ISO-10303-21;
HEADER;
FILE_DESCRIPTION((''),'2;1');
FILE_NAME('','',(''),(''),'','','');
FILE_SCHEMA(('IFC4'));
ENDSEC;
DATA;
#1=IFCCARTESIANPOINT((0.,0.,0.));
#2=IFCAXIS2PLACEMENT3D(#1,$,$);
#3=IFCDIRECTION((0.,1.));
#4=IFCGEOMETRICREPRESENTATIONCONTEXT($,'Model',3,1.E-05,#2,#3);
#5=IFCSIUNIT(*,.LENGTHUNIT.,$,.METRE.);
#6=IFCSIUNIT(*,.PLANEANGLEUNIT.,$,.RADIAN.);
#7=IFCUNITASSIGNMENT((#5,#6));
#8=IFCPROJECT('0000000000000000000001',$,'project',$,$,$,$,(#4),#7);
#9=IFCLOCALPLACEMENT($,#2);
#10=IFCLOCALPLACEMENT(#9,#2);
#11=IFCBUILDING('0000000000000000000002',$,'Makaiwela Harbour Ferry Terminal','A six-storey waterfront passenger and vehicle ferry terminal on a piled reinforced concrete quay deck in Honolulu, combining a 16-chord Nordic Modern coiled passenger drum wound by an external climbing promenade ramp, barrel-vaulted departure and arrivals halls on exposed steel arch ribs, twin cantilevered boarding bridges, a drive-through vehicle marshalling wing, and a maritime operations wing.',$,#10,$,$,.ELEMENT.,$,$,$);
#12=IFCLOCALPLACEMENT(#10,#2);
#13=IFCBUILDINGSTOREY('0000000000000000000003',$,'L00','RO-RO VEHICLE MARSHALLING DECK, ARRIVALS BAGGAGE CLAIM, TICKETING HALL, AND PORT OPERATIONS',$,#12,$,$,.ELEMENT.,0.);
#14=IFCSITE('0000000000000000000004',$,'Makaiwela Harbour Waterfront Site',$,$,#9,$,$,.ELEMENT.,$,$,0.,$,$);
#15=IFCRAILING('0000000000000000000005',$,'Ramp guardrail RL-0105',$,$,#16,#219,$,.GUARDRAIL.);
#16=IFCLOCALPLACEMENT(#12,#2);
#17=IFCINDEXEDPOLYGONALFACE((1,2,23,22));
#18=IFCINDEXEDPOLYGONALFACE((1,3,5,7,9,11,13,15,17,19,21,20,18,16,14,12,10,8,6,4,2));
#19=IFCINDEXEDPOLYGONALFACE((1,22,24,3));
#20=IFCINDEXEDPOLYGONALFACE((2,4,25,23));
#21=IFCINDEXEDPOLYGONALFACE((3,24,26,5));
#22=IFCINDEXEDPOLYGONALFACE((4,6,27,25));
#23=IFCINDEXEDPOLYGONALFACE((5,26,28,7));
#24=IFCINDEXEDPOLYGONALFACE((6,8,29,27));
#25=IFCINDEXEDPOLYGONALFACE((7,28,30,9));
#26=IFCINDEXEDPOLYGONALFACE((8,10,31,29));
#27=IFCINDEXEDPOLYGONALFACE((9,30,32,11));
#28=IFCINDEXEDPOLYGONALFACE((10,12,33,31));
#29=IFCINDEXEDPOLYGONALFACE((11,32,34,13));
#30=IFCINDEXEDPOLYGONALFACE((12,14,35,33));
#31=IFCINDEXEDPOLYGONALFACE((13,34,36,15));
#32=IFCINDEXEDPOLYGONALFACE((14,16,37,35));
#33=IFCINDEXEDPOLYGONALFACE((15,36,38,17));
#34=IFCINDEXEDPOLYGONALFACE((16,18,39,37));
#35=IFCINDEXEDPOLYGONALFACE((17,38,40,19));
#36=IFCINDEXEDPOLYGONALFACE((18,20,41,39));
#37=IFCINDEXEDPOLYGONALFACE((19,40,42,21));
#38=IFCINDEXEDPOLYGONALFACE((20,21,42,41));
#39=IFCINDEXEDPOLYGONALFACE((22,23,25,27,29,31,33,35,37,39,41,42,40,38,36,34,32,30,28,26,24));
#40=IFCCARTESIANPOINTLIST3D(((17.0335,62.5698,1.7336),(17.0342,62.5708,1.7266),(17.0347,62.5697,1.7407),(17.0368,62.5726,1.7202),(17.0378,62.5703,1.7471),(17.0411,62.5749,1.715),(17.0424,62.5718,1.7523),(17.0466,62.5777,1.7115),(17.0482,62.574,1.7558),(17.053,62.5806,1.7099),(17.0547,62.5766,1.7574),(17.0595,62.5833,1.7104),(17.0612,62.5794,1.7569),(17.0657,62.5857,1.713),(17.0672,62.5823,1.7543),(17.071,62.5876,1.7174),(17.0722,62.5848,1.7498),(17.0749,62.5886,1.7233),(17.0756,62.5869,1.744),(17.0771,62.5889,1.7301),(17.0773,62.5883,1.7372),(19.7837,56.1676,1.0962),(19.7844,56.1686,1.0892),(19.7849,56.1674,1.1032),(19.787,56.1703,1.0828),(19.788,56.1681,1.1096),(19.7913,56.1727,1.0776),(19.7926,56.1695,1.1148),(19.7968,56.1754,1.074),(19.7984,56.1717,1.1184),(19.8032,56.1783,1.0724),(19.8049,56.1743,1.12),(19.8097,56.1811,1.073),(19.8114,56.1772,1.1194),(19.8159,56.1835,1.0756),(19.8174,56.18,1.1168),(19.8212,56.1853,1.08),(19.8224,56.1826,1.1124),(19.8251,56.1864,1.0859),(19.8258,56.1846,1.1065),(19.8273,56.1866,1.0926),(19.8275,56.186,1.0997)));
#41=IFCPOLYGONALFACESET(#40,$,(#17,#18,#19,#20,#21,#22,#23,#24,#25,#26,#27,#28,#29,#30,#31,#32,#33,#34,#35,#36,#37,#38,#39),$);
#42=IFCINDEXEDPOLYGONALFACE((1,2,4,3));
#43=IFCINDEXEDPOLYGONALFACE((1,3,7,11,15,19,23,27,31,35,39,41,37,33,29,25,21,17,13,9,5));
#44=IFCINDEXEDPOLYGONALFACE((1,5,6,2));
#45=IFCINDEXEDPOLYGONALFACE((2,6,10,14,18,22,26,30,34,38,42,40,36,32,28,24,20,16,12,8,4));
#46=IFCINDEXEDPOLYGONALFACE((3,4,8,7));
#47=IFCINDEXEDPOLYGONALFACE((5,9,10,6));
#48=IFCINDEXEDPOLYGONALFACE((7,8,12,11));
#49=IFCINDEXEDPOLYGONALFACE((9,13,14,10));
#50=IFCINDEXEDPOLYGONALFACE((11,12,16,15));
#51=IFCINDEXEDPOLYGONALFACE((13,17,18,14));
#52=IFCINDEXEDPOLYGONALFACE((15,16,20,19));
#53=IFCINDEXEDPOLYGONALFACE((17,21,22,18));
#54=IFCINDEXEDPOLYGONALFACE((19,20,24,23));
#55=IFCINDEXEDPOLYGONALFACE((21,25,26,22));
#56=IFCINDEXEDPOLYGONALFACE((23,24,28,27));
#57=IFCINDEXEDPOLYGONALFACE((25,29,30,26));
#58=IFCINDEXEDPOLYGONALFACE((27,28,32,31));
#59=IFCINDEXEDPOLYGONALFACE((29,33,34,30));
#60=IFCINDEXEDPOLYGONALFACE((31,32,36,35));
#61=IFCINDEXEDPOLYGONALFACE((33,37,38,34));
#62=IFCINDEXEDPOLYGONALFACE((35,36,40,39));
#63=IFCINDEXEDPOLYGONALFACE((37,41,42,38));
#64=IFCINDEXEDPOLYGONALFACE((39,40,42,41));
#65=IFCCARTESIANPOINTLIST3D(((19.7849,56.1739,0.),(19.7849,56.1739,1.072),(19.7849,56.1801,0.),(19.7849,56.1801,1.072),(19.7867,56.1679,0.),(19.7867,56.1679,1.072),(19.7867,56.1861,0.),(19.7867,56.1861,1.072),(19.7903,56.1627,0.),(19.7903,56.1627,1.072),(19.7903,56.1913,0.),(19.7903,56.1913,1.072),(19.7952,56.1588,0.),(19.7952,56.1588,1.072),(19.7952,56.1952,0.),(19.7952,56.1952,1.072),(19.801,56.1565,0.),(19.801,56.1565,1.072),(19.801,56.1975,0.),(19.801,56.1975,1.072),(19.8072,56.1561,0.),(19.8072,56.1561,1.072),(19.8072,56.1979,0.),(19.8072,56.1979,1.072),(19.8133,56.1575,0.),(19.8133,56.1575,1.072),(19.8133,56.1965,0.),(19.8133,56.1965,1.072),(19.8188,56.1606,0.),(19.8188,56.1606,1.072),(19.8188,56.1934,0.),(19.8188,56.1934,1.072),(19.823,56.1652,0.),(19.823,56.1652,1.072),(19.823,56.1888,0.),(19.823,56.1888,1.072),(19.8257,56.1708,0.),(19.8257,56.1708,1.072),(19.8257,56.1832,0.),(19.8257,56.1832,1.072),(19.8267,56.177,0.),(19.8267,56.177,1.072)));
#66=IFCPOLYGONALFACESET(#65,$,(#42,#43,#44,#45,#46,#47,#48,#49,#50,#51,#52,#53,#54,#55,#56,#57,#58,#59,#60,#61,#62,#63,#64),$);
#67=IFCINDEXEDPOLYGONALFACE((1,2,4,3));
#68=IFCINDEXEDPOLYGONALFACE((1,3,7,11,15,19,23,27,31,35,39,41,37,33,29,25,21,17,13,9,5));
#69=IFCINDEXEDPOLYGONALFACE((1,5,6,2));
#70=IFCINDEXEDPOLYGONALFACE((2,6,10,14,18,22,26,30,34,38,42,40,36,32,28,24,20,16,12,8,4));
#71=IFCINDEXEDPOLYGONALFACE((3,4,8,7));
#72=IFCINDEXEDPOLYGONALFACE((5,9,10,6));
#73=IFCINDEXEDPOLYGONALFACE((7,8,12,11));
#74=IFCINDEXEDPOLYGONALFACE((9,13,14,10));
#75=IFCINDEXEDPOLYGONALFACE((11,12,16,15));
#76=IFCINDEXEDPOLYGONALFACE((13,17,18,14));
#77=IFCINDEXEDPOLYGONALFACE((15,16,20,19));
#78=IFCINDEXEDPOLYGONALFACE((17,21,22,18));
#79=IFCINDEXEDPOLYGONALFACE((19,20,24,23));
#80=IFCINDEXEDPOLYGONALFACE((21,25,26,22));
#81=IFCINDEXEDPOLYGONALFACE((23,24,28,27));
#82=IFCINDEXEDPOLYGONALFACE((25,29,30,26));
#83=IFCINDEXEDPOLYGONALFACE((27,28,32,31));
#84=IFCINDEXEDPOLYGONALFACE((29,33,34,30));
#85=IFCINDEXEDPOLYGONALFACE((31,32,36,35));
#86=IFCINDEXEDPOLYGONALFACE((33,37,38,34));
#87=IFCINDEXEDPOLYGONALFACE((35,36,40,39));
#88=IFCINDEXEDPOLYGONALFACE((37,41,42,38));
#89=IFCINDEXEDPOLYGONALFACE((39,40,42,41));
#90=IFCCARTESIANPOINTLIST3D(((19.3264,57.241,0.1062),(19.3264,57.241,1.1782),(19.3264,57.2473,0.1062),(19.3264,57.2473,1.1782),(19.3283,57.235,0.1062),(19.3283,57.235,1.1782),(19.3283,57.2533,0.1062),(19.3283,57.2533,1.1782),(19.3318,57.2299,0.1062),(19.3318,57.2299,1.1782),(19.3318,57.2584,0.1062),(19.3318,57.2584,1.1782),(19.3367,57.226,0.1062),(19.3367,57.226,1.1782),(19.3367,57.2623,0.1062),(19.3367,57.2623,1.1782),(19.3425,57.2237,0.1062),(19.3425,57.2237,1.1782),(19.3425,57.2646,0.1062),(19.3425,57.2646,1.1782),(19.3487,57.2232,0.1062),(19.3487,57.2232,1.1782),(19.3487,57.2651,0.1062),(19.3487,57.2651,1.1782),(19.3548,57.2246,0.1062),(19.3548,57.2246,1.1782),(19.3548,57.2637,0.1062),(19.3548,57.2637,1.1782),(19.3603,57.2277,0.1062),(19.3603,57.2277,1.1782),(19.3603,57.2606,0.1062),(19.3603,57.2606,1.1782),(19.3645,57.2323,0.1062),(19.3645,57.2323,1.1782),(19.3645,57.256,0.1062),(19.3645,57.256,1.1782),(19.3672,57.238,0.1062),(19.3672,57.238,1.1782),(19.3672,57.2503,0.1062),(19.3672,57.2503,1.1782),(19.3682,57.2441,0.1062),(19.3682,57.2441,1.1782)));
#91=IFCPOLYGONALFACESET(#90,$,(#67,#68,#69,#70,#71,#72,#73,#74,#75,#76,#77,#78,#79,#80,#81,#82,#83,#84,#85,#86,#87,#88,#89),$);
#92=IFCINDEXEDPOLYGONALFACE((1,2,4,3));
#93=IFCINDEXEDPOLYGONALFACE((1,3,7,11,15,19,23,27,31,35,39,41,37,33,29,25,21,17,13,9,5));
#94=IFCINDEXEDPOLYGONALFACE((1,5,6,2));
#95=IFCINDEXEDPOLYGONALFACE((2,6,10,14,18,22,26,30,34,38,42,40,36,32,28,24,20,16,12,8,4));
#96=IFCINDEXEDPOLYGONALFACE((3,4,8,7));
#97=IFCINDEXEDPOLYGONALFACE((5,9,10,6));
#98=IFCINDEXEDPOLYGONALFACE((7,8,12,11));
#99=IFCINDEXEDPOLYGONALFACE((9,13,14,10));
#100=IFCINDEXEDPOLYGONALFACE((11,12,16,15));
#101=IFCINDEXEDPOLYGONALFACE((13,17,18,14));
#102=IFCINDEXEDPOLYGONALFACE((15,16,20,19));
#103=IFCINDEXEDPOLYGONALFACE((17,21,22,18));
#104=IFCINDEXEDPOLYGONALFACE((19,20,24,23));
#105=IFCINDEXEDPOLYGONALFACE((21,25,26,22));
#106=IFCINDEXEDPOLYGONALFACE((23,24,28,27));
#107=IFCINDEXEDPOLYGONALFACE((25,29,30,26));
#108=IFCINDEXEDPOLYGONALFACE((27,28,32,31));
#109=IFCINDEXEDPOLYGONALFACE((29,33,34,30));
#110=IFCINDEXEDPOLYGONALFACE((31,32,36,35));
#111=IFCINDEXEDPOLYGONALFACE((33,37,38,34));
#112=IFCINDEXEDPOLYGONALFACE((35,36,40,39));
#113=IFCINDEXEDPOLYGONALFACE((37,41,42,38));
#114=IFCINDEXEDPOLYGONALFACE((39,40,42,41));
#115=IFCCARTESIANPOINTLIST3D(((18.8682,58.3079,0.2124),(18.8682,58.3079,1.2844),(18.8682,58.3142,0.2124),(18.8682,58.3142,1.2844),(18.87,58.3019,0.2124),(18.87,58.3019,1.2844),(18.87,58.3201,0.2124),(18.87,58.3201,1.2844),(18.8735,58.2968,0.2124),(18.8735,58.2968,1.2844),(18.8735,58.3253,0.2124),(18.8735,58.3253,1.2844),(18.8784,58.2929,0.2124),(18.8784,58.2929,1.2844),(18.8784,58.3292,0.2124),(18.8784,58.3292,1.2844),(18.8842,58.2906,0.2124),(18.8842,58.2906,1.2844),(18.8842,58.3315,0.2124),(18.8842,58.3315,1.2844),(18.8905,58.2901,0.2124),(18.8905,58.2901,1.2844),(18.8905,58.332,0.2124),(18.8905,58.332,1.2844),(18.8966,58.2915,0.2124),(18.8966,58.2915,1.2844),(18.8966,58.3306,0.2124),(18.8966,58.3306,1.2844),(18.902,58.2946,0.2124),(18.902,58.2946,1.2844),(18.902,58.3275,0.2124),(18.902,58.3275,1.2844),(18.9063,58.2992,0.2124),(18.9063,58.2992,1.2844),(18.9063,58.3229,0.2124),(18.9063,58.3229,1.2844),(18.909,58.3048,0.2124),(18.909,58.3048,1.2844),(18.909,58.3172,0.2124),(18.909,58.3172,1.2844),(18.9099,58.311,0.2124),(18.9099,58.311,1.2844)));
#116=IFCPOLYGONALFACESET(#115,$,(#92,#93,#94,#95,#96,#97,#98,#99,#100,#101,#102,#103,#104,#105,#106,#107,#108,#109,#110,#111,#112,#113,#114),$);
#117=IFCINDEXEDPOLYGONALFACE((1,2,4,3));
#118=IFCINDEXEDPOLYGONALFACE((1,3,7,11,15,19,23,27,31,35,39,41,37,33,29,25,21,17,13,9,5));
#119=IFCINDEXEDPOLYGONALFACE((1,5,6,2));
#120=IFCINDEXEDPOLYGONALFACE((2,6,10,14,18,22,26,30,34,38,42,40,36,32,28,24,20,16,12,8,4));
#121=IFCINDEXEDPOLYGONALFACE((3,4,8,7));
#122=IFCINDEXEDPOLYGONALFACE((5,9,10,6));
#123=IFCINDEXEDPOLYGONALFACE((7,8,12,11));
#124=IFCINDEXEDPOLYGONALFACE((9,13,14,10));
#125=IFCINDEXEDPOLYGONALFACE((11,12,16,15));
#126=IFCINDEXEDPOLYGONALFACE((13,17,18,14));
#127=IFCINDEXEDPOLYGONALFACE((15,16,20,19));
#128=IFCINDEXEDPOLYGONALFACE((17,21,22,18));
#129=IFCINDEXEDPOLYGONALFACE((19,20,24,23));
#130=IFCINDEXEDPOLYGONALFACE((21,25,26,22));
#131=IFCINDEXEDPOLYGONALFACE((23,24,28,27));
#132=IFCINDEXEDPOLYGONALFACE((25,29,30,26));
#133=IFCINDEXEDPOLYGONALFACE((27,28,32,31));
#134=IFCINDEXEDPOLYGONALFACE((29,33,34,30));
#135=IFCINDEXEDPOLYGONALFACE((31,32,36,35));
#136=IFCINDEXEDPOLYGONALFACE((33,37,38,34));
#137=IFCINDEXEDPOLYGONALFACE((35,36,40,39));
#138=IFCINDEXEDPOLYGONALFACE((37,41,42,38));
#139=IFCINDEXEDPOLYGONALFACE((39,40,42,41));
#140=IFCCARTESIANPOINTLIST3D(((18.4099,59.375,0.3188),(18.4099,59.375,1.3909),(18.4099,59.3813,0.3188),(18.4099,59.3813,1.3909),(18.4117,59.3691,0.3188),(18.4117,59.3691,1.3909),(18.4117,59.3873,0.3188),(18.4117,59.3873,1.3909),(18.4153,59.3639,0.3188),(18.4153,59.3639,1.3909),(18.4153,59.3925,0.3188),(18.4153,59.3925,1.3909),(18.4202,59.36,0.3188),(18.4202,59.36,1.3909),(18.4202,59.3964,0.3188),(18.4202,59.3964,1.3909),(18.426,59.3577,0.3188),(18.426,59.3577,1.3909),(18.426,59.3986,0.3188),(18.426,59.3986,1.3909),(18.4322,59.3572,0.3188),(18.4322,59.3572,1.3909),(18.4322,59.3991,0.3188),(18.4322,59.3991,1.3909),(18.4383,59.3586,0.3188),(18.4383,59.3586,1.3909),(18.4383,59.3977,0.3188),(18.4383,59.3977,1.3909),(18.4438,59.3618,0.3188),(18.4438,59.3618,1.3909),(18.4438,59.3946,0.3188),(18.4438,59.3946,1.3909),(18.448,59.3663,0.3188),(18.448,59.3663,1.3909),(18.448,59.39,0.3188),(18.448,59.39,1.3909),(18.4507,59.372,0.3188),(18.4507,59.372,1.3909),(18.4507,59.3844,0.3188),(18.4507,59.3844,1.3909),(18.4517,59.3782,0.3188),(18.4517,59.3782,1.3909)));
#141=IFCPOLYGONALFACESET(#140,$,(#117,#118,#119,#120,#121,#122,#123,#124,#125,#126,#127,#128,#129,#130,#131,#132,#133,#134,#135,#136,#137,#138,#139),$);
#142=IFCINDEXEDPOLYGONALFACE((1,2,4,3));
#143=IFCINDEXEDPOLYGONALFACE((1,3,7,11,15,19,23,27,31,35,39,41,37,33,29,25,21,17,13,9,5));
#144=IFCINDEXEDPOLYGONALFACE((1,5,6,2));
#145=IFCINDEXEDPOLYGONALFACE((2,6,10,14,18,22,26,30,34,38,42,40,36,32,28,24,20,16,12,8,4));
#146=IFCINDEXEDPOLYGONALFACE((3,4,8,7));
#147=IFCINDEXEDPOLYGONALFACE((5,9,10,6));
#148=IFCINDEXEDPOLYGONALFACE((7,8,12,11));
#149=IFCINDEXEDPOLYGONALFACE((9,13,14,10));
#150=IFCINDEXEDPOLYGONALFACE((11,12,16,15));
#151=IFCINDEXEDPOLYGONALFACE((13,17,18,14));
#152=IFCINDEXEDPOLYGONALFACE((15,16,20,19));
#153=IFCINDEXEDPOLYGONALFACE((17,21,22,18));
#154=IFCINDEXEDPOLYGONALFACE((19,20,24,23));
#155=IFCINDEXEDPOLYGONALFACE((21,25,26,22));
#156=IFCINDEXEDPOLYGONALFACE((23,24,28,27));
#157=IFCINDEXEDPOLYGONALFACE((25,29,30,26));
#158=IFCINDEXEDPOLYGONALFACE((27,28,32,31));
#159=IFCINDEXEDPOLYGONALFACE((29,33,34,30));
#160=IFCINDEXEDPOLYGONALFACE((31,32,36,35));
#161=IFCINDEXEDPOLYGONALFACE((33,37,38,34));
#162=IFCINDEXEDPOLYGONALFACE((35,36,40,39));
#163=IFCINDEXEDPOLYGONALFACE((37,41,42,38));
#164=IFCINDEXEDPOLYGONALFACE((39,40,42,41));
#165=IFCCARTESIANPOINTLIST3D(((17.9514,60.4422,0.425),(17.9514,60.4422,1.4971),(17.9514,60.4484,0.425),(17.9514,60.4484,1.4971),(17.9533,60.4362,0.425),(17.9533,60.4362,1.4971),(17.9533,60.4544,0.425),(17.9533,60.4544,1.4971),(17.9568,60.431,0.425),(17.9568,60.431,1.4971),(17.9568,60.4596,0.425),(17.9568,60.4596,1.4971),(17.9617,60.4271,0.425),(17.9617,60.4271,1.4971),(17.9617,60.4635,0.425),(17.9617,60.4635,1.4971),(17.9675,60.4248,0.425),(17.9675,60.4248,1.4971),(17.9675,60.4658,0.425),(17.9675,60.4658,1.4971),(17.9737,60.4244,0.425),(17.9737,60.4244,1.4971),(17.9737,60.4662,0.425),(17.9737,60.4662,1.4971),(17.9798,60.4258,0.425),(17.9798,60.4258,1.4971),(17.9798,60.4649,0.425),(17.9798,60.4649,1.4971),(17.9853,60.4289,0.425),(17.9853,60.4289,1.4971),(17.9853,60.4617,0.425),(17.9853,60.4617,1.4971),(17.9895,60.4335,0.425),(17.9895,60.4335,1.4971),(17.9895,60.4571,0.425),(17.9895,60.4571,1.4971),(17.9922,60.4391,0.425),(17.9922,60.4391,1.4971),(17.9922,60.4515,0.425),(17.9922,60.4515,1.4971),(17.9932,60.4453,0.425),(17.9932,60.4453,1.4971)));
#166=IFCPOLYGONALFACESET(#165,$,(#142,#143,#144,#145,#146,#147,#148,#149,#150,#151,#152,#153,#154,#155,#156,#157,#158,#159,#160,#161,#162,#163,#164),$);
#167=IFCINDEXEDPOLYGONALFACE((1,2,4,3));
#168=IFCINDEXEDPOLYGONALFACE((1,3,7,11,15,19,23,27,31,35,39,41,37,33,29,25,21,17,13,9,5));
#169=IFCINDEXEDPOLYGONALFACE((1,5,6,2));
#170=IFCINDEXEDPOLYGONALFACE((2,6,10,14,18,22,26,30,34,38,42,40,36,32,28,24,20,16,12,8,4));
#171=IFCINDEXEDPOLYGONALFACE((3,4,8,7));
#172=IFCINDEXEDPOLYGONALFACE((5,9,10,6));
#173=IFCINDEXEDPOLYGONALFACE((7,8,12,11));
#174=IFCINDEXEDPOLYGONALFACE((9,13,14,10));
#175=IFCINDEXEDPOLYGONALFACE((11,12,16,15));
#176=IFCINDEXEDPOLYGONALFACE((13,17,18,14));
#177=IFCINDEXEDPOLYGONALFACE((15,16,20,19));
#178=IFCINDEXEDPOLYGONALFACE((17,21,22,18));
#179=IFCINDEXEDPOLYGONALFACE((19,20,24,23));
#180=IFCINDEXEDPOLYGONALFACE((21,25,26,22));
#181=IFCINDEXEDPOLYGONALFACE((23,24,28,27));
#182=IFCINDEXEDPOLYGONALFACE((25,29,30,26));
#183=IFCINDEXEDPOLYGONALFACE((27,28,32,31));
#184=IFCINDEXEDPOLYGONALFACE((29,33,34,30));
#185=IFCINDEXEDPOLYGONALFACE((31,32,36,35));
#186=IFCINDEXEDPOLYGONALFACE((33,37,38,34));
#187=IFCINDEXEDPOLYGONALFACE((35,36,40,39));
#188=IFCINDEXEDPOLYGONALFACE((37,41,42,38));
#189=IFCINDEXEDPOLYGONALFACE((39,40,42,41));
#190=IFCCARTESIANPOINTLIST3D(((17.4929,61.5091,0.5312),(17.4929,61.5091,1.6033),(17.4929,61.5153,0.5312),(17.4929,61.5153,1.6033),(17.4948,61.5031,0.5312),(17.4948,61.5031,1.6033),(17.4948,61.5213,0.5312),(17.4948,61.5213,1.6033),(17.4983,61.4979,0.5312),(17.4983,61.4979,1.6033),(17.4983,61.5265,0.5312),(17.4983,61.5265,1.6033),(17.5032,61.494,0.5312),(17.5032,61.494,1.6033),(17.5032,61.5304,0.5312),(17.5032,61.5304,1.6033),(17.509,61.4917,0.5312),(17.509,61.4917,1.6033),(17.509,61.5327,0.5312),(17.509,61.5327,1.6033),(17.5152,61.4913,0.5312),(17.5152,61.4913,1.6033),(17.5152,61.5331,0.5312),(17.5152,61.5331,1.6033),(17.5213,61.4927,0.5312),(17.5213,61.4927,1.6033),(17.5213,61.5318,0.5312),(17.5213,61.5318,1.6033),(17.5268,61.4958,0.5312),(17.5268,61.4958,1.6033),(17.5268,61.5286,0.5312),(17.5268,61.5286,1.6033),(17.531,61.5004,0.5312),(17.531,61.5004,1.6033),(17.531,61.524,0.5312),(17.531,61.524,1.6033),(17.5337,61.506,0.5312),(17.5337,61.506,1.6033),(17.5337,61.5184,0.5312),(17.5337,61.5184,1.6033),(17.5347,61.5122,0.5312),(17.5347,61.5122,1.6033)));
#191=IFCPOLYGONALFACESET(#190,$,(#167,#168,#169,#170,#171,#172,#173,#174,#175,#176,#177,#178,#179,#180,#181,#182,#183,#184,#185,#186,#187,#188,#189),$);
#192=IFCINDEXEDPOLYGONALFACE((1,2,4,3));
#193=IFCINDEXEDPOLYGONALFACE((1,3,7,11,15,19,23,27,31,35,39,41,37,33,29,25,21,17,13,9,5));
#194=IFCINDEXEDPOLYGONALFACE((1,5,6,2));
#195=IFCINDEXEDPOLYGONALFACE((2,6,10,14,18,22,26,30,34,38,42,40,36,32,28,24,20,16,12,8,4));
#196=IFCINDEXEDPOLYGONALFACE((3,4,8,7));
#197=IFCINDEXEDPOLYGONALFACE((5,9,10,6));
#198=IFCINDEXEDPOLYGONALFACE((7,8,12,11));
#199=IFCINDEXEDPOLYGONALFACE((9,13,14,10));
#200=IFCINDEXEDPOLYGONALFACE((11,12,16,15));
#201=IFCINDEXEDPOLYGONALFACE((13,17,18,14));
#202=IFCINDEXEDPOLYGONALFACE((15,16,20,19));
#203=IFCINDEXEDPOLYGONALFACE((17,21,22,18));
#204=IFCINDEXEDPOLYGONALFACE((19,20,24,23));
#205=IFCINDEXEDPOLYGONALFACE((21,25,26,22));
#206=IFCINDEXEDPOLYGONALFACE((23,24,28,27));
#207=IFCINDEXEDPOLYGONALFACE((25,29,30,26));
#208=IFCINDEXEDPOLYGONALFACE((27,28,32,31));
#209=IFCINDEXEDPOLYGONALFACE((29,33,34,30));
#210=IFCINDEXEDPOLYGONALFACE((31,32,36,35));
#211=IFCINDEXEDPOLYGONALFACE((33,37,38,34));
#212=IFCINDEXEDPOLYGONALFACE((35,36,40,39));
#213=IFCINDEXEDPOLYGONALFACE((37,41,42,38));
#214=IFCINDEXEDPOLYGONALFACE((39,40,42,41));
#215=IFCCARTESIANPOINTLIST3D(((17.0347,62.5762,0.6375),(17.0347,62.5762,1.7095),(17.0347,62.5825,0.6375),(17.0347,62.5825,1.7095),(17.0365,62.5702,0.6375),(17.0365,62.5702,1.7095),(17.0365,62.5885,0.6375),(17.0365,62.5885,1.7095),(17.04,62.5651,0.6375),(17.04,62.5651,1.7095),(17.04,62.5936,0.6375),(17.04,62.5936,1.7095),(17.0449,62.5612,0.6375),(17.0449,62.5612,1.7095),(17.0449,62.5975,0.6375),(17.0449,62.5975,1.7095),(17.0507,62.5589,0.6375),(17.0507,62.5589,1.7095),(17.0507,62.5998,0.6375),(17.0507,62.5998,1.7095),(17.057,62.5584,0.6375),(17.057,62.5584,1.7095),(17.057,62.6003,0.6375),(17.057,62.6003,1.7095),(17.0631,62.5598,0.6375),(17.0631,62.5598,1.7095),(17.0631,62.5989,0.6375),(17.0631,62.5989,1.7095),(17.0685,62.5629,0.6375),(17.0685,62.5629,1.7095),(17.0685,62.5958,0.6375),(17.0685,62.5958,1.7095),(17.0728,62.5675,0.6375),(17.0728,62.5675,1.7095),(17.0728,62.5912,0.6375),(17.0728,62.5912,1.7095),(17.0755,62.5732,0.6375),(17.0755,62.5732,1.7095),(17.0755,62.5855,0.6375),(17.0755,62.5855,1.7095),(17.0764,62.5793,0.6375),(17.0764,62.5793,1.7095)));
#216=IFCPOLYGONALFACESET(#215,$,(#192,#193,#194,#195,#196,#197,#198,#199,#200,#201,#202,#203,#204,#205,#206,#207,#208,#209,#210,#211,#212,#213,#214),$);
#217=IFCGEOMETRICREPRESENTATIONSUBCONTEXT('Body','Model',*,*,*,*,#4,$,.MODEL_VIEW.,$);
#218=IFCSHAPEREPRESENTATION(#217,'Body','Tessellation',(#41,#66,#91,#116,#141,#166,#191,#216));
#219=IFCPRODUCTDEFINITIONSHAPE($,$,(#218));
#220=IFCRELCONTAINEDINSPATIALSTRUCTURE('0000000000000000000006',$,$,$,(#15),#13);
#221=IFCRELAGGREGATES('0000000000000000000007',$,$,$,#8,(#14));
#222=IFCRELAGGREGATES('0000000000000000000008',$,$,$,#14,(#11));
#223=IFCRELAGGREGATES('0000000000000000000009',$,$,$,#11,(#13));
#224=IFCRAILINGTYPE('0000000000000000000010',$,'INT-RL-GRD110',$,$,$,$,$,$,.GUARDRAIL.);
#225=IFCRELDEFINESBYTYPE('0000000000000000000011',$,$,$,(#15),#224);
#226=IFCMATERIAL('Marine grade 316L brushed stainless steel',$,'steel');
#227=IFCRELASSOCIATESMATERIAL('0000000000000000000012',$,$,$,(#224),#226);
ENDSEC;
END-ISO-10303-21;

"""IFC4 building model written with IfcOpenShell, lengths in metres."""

from ifc_helpers import new_model, si_unit, direction, frame, origin, origin_2d, place, context, subcontext, project, spatial, circle, extrude, material, type_object, element, save


model = new_model("IFC4")

# Units and contexts
model_context = context("Model", 3, precision=1e-05, world=origin(), true_north=direction((0.0, 1.0)))
body_context = subcontext(model_context, "Body", "Model", "MODEL_VIEW")
ifc_project = project(units=[si_unit("LENGTHUNIT", "METRE"), si_unit("PLANEANGLEUNIT", "RADIAN")], contexts=[model_context])

# Site, building, storey
site_placement = place(None, origin())
site = spatial("IfcSite", under=ifc_project, at=site_placement, Name="Makaiwela Harbour Waterfront Site", CompositionType="ELEMENT", RefElevation=0.0)
building_placement = place(site_placement, origin())
building = spatial("IfcBuilding", under=site, at=building_placement, Name="Makaiwela Harbour Ferry Terminal", Description="A six-storey waterfront passenger and vehicle ferry terminal on a piled reinforced concrete quay deck in Honolulu, combining a 16-chord Nordic Modern coiled passenger drum wound by an external climbing promenade ramp, barrel-vaulted departure and arrivals halls on exposed steel arch ribs, twin cantilevered boarding bridges, a drive-through vehicle marshalling wing, and a maritime operations wing.", CompositionType="ELEMENT")
storey_placement = place(building_placement, origin())
storey = spatial("IfcBuildingStorey", under=building, at=storey_placement, Name="L00", Description="RO-RO VEHICLE MARSHALLING DECK, ARRIVALS BAGGAGE CLAIM, TICKETING HALL, AND PORT OPERATIONS", CompositionType="ELEMENT", Elevation=0.0)

# Railing
ifc_material_1 = material(Name="Marine grade 316L brushed stainless steel", Category="steel")
railing_type_1 = type_object("IfcRailingType", Name="INT-RL-GRD110", PredefinedType="GUARDRAIL", material=ifc_material_1)
railing_1_placement = place(storey_placement, frame((19.8057, 56.177, 0.0)))
element("IfcRailing", 1, at=railing_1_placement, inside=storey, type_object=railing_type_1, Name="Ramp guardrail RL-0105", PredefinedType="GUARDRAIL", context=body_context, shape_type="SweptSolid", body=[
    extrude(circle(Radius=0.0239, at=origin_2d()), frame((0.0, 0.0, 1.0962), z_axis=(-0.393052, 0.914992, 0.091101), x_axis=(-0.918813, -0.394693, 0.0)), (0.0, 0.0, 1.0), 6.9971),
    extrude(circle(Radius=0.021, at=origin_2d()), origin(), (0.0, 0.0, 1.0), 1.072),
    extrude(circle(Radius=0.021, at=origin_2d()), frame((-0.4585, 1.0671, 0.1062)), (0.0, 0.0, 1.0), 1.072),
    extrude(circle(Radius=0.021, at=origin_2d()), frame((-0.9167, 2.134, 0.2124)), (0.0, 0.0, 1.0), 1.072),
    extrude(circle(Radius=0.021, at=origin_2d()), frame((-1.375, 3.2012, 0.3188)), (0.0, 0.0, 1.0), 1.072),
    extrude(circle(Radius=0.021, at=origin_2d()), frame((-1.8335, 4.2683, 0.425)), (0.0, 0.0, 1.0), 1.072),
    extrude(circle(Radius=0.021, at=origin_2d()), frame((-2.292, 5.3352, 0.5312)), (0.0, 0.0, 1.0), 1.072),
    extrude(circle(Radius=0.021, at=origin_2d()), frame((-2.7502, 6.4023, 0.6375)), (0.0, 0.0, 1.0), 1.072),
])

save(model, "model.ifc")
